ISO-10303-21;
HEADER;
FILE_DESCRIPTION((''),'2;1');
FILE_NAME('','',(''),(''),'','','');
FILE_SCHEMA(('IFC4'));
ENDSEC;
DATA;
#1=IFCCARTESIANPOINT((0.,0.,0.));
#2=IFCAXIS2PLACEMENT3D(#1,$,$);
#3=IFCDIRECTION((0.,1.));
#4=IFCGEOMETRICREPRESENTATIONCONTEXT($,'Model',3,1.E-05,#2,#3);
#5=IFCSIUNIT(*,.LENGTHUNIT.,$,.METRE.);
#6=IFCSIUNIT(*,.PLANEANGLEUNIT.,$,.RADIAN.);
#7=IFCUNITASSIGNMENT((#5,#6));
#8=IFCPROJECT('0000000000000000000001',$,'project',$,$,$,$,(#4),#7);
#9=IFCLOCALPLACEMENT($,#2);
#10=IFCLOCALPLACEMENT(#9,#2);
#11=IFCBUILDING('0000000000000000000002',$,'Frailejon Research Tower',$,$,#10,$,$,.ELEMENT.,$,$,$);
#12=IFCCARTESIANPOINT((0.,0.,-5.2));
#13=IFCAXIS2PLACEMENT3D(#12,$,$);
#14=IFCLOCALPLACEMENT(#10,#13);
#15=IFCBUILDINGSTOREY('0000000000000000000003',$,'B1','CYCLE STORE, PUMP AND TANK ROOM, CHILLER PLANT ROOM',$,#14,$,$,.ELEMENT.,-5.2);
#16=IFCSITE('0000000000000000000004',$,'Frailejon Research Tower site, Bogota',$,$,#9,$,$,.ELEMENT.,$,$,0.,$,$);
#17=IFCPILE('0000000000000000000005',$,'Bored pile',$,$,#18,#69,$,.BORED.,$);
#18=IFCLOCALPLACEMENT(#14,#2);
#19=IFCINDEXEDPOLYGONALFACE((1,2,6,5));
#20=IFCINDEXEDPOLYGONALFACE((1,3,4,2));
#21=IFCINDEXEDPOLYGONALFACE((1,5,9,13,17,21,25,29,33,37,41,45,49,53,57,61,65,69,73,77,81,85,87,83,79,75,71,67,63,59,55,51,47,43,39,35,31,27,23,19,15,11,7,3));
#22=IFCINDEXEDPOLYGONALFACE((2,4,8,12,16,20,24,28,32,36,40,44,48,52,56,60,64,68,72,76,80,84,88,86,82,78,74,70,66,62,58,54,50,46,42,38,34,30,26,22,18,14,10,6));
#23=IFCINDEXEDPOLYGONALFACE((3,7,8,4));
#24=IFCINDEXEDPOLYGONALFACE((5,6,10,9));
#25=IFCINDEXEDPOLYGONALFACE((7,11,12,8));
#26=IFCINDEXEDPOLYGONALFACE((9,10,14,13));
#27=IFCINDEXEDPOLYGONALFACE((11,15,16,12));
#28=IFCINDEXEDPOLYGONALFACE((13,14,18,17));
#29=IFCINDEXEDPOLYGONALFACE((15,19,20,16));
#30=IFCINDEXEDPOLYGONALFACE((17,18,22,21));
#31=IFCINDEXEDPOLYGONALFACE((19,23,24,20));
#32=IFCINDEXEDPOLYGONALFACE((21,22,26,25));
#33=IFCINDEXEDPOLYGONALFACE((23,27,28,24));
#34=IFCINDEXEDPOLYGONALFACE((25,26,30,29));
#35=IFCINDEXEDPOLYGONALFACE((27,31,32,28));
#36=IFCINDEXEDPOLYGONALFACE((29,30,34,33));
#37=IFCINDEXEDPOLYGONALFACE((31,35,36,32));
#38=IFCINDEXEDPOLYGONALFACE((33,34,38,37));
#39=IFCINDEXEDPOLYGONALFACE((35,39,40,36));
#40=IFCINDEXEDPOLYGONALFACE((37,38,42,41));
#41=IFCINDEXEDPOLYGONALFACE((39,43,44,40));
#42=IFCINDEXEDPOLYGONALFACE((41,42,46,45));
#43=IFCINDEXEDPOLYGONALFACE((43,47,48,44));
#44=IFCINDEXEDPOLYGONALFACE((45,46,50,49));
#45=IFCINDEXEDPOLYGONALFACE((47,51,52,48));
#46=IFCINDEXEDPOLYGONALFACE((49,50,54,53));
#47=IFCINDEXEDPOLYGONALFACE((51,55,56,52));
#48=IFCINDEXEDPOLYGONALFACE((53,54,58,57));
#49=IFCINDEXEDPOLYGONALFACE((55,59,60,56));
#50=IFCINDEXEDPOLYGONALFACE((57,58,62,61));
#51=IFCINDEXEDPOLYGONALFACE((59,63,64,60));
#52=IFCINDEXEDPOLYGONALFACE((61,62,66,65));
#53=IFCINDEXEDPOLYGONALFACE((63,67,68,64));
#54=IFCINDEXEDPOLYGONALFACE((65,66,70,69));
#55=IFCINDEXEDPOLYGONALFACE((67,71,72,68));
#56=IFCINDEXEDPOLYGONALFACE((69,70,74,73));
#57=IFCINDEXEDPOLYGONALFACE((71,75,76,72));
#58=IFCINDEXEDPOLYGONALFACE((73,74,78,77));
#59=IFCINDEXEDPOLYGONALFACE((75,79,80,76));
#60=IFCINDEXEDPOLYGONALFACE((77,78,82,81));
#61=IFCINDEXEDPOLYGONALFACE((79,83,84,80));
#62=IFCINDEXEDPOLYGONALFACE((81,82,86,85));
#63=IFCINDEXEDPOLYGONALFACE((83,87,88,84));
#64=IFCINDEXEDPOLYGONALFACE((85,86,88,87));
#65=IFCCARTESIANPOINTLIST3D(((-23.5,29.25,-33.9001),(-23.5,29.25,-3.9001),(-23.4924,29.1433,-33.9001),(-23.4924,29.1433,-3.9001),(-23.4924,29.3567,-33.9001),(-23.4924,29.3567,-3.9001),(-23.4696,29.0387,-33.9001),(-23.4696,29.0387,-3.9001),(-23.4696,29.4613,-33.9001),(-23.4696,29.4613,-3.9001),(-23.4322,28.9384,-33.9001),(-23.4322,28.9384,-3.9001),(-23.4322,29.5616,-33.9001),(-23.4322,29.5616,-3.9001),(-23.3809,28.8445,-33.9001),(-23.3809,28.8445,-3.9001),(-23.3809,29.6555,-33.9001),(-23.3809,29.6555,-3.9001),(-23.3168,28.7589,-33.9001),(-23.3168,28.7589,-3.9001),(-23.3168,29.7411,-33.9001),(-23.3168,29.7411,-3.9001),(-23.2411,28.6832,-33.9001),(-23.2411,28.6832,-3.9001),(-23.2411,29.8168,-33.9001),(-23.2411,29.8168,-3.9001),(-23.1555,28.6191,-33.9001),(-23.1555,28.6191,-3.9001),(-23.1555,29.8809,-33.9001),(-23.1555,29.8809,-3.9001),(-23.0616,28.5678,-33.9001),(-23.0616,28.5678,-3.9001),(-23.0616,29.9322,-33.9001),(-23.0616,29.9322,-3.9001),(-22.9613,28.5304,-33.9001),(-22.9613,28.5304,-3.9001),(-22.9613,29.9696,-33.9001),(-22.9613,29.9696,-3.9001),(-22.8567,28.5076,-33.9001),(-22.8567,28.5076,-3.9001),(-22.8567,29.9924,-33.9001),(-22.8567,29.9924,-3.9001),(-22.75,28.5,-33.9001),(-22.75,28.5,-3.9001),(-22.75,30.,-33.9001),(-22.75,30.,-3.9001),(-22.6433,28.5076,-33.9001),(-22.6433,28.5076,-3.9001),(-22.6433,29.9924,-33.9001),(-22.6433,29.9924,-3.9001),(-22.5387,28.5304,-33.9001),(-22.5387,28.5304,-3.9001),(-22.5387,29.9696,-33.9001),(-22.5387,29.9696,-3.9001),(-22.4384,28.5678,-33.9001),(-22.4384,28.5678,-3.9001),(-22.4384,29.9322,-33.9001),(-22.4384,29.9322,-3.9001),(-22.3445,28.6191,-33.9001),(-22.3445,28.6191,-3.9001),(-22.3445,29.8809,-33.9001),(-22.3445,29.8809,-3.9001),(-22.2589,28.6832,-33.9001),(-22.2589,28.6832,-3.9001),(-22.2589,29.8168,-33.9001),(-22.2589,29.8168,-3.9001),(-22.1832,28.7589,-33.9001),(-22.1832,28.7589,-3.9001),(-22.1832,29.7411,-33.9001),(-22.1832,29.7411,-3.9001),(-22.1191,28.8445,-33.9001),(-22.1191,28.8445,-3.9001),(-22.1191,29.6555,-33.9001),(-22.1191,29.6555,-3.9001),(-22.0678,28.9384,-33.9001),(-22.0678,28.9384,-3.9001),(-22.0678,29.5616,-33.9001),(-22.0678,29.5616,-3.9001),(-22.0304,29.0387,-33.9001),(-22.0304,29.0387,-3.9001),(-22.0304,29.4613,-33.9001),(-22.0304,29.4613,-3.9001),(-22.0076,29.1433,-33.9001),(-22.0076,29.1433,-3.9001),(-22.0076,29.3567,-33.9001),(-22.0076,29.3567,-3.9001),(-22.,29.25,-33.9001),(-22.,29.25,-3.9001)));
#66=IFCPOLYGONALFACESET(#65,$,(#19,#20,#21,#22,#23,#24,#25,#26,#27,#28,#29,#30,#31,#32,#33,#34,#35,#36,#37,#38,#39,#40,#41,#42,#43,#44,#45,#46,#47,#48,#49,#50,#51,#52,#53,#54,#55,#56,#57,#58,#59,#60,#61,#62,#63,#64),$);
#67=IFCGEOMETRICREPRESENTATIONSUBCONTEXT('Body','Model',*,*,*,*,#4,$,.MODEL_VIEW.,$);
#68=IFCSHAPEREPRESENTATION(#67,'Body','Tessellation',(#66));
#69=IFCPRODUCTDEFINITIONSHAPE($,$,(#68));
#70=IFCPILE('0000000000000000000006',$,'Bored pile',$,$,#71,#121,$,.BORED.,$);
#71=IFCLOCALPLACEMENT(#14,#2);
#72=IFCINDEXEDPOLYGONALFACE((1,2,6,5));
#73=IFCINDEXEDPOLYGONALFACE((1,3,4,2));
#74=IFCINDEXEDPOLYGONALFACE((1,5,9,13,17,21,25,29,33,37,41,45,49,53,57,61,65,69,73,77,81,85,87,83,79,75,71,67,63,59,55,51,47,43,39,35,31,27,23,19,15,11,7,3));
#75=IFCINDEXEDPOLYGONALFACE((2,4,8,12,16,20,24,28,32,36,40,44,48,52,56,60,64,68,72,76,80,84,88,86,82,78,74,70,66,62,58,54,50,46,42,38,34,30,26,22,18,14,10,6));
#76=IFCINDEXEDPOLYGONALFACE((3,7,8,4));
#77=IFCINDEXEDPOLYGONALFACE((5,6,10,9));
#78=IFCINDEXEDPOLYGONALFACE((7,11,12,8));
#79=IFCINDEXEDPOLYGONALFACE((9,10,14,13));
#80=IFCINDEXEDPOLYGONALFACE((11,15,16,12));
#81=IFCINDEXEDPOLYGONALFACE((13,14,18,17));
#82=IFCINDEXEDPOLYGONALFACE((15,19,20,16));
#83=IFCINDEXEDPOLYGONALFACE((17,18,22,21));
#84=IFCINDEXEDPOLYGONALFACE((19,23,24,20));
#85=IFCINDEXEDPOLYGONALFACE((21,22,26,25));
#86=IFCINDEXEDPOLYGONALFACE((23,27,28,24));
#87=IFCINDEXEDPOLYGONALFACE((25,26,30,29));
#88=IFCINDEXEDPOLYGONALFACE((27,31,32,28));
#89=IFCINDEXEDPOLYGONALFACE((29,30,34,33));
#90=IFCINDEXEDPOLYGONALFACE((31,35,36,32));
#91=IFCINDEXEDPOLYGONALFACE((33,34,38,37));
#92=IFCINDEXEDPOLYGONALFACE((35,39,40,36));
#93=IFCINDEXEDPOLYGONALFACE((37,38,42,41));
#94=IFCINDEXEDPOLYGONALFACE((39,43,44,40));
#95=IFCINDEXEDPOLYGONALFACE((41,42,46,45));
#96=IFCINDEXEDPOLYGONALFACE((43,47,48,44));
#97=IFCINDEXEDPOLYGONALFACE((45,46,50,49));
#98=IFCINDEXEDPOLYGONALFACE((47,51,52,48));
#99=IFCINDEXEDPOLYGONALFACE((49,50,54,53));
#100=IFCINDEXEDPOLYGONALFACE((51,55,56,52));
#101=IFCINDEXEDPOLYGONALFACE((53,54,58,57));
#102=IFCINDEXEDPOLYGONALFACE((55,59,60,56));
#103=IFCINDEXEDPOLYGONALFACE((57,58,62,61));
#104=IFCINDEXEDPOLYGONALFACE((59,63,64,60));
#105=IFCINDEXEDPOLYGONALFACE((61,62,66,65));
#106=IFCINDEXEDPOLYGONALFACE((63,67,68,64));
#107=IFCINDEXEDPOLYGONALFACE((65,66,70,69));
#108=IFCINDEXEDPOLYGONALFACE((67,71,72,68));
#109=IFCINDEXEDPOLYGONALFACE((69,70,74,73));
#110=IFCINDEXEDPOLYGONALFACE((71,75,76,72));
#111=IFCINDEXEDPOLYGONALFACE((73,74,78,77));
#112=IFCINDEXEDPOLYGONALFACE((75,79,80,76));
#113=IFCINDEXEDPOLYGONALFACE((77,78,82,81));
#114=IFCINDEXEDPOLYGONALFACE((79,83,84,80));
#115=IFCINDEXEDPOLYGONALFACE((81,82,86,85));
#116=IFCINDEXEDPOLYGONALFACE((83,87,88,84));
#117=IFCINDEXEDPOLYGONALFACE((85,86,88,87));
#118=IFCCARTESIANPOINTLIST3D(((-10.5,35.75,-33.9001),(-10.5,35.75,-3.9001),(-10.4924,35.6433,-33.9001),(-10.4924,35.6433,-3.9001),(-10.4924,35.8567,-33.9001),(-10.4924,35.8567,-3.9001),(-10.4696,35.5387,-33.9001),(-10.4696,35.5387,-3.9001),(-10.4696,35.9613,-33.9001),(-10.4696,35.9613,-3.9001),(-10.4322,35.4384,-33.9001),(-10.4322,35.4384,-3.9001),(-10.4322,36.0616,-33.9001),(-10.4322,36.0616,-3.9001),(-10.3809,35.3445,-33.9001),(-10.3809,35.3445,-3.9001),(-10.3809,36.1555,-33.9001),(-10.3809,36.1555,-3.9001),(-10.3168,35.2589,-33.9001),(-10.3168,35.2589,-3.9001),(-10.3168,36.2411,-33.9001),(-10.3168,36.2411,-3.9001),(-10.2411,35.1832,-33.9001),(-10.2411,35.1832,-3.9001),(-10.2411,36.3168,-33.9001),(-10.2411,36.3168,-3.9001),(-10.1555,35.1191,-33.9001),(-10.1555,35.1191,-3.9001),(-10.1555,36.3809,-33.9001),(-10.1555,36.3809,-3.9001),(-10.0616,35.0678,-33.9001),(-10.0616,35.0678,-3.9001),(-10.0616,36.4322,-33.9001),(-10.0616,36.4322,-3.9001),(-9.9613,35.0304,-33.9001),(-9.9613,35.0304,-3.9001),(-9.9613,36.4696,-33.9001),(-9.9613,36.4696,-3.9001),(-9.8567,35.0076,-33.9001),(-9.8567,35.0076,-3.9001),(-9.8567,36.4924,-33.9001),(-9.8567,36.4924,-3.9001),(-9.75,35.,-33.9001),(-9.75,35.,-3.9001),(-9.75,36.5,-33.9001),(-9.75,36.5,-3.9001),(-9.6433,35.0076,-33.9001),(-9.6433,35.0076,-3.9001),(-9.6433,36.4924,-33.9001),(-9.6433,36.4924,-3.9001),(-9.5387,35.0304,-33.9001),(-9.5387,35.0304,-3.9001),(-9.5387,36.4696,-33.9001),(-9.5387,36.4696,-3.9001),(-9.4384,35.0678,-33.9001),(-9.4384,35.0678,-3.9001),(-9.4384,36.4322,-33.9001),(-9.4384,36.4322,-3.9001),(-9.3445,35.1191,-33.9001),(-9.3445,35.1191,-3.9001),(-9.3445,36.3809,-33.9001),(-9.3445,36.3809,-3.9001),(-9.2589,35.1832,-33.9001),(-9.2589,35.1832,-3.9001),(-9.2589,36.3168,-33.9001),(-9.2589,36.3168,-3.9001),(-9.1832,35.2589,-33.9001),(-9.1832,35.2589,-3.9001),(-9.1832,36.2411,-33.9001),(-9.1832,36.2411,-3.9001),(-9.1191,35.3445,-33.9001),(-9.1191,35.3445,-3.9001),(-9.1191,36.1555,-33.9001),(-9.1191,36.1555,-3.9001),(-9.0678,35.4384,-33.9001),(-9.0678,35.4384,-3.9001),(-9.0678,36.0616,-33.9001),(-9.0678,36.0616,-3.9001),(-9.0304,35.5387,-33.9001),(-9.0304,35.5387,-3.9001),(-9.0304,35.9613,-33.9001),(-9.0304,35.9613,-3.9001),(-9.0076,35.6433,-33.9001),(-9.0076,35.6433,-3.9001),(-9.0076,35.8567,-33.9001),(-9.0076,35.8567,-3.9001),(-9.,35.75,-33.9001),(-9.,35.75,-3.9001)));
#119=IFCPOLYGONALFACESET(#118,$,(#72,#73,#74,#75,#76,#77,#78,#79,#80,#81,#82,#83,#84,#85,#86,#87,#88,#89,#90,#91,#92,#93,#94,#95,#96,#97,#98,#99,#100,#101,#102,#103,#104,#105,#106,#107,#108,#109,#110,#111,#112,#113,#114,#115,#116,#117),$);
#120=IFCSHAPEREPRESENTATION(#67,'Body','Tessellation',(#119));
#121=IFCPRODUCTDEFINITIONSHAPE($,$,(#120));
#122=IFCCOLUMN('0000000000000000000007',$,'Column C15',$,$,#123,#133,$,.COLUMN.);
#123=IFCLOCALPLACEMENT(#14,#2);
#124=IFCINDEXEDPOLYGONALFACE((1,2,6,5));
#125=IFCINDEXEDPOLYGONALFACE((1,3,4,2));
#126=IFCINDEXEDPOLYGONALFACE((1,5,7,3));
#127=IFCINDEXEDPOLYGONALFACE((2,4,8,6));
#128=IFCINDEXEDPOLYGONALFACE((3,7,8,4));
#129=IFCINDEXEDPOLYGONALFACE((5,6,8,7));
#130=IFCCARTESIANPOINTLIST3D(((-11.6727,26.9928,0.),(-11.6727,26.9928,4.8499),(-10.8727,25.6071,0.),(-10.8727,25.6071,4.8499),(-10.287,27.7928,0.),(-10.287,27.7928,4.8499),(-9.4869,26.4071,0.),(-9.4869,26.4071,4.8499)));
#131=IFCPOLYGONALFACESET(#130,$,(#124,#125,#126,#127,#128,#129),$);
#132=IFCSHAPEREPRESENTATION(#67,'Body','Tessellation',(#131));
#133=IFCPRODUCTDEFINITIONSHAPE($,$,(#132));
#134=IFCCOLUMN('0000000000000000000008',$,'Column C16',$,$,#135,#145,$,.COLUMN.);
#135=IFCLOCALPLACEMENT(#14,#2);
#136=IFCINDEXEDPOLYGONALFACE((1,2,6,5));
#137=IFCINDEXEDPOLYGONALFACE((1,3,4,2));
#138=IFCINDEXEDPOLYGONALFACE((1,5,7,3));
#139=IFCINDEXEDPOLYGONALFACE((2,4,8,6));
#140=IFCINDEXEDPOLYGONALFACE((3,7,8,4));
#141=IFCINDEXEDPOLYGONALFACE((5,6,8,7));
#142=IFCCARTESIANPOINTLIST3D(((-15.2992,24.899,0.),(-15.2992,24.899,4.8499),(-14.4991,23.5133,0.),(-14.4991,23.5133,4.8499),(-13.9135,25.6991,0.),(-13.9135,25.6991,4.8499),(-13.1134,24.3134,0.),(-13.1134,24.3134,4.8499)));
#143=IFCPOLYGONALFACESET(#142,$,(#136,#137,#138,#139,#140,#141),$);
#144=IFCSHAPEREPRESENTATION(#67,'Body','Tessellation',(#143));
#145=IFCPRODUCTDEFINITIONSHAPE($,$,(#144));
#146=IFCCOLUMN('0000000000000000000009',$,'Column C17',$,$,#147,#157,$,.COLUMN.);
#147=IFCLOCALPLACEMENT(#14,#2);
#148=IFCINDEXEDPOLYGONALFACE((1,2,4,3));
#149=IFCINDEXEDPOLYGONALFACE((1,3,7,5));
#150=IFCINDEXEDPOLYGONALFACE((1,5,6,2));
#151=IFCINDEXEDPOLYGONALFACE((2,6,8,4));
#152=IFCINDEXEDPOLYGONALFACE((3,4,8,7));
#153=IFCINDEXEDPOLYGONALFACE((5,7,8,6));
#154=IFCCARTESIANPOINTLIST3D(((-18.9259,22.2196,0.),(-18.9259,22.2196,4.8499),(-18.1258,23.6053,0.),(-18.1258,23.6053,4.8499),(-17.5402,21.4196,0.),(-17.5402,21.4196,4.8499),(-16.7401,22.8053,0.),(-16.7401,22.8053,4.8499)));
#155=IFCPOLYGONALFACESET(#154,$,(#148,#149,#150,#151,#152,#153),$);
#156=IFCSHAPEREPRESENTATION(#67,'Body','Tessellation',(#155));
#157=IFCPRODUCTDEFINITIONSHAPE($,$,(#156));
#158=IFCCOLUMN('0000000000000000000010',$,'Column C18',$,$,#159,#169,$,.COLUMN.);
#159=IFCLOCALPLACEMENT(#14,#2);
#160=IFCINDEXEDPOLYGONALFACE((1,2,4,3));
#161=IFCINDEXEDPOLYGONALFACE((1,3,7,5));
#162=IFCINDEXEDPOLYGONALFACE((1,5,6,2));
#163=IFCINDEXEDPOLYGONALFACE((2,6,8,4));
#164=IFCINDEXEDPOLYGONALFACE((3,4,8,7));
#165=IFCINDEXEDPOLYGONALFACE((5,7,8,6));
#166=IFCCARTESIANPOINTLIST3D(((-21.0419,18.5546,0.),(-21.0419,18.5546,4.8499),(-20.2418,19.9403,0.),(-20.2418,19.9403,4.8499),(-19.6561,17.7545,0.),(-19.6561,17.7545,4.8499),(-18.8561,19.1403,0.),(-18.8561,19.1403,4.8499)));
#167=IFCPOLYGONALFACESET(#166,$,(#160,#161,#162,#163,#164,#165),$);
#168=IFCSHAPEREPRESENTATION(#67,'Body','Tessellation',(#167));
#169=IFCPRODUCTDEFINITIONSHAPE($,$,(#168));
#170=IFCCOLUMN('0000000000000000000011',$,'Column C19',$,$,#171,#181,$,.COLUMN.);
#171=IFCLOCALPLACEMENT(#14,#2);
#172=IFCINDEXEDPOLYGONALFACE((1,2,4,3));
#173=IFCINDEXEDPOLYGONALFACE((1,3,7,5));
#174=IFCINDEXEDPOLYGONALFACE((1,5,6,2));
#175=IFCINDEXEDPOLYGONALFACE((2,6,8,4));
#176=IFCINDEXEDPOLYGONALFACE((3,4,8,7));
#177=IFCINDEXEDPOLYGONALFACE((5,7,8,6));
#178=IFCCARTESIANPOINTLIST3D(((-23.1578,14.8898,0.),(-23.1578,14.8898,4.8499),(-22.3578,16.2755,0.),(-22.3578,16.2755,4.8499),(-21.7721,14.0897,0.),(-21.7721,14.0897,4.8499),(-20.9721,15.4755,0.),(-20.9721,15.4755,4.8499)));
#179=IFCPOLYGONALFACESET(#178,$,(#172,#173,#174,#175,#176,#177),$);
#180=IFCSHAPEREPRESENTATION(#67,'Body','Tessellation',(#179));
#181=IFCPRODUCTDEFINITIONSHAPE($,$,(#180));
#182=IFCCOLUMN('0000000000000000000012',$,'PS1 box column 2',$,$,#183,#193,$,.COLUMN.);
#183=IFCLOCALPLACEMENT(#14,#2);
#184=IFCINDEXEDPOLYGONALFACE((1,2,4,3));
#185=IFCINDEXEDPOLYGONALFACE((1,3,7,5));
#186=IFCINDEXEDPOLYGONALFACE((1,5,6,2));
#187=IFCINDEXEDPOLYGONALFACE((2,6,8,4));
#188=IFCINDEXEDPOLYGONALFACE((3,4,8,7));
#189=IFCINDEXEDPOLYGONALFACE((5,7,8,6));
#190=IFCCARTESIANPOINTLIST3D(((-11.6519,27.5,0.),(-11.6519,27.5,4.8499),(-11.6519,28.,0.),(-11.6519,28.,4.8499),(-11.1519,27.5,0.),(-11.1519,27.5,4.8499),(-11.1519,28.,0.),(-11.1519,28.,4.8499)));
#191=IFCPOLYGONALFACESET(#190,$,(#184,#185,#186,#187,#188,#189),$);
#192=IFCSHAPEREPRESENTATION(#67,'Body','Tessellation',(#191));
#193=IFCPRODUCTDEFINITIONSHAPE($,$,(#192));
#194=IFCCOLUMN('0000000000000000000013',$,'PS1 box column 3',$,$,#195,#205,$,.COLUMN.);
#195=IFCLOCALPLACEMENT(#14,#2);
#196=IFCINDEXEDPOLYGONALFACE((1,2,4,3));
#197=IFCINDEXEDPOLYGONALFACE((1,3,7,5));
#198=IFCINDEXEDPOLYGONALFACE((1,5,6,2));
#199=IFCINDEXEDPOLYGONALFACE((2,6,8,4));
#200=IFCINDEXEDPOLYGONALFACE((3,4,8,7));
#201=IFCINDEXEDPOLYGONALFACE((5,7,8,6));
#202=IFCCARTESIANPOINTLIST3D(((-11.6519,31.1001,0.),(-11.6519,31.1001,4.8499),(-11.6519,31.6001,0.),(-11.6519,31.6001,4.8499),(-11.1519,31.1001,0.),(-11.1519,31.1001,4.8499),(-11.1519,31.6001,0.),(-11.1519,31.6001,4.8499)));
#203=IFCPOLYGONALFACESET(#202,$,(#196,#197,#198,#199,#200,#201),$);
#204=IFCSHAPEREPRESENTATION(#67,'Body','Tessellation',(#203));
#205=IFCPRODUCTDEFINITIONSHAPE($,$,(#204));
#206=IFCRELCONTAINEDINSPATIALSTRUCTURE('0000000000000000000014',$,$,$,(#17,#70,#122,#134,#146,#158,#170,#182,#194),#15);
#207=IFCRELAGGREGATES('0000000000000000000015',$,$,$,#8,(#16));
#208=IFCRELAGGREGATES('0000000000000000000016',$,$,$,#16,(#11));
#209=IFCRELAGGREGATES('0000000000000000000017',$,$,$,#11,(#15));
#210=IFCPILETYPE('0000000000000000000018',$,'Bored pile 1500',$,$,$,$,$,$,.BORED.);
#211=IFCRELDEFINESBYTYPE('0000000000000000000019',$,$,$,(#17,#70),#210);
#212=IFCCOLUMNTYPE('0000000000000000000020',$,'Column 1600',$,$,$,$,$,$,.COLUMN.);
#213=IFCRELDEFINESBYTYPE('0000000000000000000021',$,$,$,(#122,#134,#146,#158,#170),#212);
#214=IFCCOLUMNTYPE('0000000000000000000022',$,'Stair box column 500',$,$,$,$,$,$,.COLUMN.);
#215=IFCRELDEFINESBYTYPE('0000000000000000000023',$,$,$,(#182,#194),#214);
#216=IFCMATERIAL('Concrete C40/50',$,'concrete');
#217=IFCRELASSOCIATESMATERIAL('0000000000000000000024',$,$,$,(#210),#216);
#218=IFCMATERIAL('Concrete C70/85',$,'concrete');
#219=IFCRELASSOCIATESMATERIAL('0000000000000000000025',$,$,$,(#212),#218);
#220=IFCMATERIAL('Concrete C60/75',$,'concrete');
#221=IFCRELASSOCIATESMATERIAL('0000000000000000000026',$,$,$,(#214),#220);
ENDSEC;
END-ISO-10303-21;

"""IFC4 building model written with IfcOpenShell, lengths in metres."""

from ifc_helpers import new_model, si_unit, direction, frame, origin, origin_2d, place, context, subcontext, project, spatial, rectangle, circle, extrude, material, material_profile, profile_set, type_object, element, save


model = new_model("IFC4")

# Units and contexts
model_context = context("Model", 3, precision=1e-05, world=origin(), true_north=direction((0.0, 1.0)))
body_context = subcontext(model_context, "Body", "Model", "MODEL_VIEW")
ifc_project = project(units=[si_unit("LENGTHUNIT", "METRE"), si_unit("PLANEANGLEUNIT", "RADIAN")], contexts=[model_context])

# Site, building, storey
site_placement = place(None, origin())
site = spatial("IfcSite", under=ifc_project, at=site_placement, Name="Frailejon Research Tower site, Bogota", CompositionType="ELEMENT", RefElevation=0.0)
building_placement = place(site_placement, origin())
building = spatial("IfcBuilding", under=site, at=building_placement, Name="Frailejon Research Tower", CompositionType="ELEMENT")
storey_placement = place(building_placement, frame((0.0, 0.0, -5.2)))
storey = spatial("IfcBuildingStorey", under=building, at=storey_placement, Name="B1", Description="CYCLE STORE, PUMP AND TANK ROOM, CHILLER PLANT ROOM", CompositionType="ELEMENT", Elevation=-5.2)

# Piles
ifc_material_1 = material(Name="Concrete C40/50", Category="concrete")
ifc_material_profile_1 = material_profile(ifc_material_1, circle(Radius=0.75, at=origin_2d()), Name="Bored pile 1500")
ifc_profile_set_1 = profile_set([ifc_material_profile_1], Name="Concrete C40/50")
pile_type = type_object("IfcPileType", Name="Bored pile 1500", PredefinedType="BORED", material=ifc_profile_set_1)
for number, where, z_axis, x_axis, name in (
    (1, (-22.75, 29.25, -3.9001), (0.0, 0.0, -1.0), (1.0, 0.0, 0.0), "Bored pile"),
    (2, (-9.75, 35.75, -3.9001), (0.0, 0.0, -1.0), (1.0, 0.0, 0.0), "Bored pile"),
):
    element("IfcPile", number, at=place(storey_placement, frame(where, z_axis=z_axis, x_axis=x_axis)), inside=storey, type_object=pile_type, Name=name, PredefinedType="BORED", context=body_context, shape_type="SweptSolid", body=[
        extrude(circle(Radius=0.75, at=origin_2d()), origin(), (0.0, 0.0, 1.0), 30.0),
    ])

# Columns
ifc_material_2 = material(Name="Concrete C70/85", Category="concrete")
ifc_material_profile_2 = material_profile(ifc_material_2, rectangle(XDim=1.6001, YDim=1.6001, at=origin_2d()), Name="Column 1600")
ifc_profile_set_2 = profile_set([ifc_material_profile_2], Name="Concrete C70/85")
column_type_1 = type_object("IfcColumnType", Name="Column 1600", PredefinedType="COLUMN", material=ifc_profile_set_2)
for number, where, z_axis, x_axis, name in (
    (3, (-10.5798, 26.7, 0.0), (0.0, 0.0, 1.0), (-0.866025, -0.5, 0.0), "Column C15"),
    (4, (-14.2063, 24.6062, 0.0), (0.0, 0.0, 1.0), (-0.866025, -0.5, 0.0), "Column C16"),
    (5, (-17.833, 22.5125, 0.0), (0.0, 0.0, 1.0), (-0.5, -0.866025, 0.0), "Column C17"),
    (6, (-19.949, 18.8474, 0.0), (0.0, 0.0, 1.0), (-0.5, -0.866025, 0.0), "Column C18"),
    (7, (-22.0649, 15.1826, 0.0), (0.0, 0.0, 1.0), (-0.5, -0.866025, 0.0), "Column C19"),
):
    element("IfcColumn", number, at=place(storey_placement, frame(where, z_axis=z_axis, x_axis=x_axis)), inside=storey, type_object=column_type_1, Name=name, PredefinedType="COLUMN", context=body_context, shape_type="SweptSolid", body=[
        extrude(rectangle(XDim=1.6001, YDim=1.6001, at=origin_2d()), origin(), (0.0, 0.0, 1.0), 4.8499),
    ])
ifc_material_3 = material(Name="Concrete C60/75", Category="concrete")
ifc_material_profile_3 = material_profile(ifc_material_3, rectangle(XDim=0.5, YDim=0.5, at=origin_2d()), Name="Stair box column 500")
ifc_profile_set_3 = profile_set([ifc_material_profile_3], Name="Concrete C60/75")
column_type_2 = type_object("IfcColumnType", Name="Stair box column 500", PredefinedType="COLUMN", material=ifc_profile_set_3)
for number, where, z_axis, x_axis, name in (
    (8, (-11.4019, 27.75, 0.0), (0.0, 0.0, 1.0), (1.0, 0.0, 0.0), "PS1 box column 2"),
    (9, (-11.4019, 31.3501, 0.0), (0.0, 0.0, 1.0), (1.0, 0.0, 0.0), "PS1 box column 3"),
):
    element("IfcColumn", number, at=place(storey_placement, frame(where, z_axis=z_axis, x_axis=x_axis)), inside=storey, type_object=column_type_2, Name=name, PredefinedType="COLUMN", context=body_context, shape_type="SweptSolid", body=[
        extrude(rectangle(XDim=0.5, YDim=0.5, at=origin_2d()), origin(), (0.0, 0.0, 1.0), 4.8499),
    ])

save(model, "model.ifc")
